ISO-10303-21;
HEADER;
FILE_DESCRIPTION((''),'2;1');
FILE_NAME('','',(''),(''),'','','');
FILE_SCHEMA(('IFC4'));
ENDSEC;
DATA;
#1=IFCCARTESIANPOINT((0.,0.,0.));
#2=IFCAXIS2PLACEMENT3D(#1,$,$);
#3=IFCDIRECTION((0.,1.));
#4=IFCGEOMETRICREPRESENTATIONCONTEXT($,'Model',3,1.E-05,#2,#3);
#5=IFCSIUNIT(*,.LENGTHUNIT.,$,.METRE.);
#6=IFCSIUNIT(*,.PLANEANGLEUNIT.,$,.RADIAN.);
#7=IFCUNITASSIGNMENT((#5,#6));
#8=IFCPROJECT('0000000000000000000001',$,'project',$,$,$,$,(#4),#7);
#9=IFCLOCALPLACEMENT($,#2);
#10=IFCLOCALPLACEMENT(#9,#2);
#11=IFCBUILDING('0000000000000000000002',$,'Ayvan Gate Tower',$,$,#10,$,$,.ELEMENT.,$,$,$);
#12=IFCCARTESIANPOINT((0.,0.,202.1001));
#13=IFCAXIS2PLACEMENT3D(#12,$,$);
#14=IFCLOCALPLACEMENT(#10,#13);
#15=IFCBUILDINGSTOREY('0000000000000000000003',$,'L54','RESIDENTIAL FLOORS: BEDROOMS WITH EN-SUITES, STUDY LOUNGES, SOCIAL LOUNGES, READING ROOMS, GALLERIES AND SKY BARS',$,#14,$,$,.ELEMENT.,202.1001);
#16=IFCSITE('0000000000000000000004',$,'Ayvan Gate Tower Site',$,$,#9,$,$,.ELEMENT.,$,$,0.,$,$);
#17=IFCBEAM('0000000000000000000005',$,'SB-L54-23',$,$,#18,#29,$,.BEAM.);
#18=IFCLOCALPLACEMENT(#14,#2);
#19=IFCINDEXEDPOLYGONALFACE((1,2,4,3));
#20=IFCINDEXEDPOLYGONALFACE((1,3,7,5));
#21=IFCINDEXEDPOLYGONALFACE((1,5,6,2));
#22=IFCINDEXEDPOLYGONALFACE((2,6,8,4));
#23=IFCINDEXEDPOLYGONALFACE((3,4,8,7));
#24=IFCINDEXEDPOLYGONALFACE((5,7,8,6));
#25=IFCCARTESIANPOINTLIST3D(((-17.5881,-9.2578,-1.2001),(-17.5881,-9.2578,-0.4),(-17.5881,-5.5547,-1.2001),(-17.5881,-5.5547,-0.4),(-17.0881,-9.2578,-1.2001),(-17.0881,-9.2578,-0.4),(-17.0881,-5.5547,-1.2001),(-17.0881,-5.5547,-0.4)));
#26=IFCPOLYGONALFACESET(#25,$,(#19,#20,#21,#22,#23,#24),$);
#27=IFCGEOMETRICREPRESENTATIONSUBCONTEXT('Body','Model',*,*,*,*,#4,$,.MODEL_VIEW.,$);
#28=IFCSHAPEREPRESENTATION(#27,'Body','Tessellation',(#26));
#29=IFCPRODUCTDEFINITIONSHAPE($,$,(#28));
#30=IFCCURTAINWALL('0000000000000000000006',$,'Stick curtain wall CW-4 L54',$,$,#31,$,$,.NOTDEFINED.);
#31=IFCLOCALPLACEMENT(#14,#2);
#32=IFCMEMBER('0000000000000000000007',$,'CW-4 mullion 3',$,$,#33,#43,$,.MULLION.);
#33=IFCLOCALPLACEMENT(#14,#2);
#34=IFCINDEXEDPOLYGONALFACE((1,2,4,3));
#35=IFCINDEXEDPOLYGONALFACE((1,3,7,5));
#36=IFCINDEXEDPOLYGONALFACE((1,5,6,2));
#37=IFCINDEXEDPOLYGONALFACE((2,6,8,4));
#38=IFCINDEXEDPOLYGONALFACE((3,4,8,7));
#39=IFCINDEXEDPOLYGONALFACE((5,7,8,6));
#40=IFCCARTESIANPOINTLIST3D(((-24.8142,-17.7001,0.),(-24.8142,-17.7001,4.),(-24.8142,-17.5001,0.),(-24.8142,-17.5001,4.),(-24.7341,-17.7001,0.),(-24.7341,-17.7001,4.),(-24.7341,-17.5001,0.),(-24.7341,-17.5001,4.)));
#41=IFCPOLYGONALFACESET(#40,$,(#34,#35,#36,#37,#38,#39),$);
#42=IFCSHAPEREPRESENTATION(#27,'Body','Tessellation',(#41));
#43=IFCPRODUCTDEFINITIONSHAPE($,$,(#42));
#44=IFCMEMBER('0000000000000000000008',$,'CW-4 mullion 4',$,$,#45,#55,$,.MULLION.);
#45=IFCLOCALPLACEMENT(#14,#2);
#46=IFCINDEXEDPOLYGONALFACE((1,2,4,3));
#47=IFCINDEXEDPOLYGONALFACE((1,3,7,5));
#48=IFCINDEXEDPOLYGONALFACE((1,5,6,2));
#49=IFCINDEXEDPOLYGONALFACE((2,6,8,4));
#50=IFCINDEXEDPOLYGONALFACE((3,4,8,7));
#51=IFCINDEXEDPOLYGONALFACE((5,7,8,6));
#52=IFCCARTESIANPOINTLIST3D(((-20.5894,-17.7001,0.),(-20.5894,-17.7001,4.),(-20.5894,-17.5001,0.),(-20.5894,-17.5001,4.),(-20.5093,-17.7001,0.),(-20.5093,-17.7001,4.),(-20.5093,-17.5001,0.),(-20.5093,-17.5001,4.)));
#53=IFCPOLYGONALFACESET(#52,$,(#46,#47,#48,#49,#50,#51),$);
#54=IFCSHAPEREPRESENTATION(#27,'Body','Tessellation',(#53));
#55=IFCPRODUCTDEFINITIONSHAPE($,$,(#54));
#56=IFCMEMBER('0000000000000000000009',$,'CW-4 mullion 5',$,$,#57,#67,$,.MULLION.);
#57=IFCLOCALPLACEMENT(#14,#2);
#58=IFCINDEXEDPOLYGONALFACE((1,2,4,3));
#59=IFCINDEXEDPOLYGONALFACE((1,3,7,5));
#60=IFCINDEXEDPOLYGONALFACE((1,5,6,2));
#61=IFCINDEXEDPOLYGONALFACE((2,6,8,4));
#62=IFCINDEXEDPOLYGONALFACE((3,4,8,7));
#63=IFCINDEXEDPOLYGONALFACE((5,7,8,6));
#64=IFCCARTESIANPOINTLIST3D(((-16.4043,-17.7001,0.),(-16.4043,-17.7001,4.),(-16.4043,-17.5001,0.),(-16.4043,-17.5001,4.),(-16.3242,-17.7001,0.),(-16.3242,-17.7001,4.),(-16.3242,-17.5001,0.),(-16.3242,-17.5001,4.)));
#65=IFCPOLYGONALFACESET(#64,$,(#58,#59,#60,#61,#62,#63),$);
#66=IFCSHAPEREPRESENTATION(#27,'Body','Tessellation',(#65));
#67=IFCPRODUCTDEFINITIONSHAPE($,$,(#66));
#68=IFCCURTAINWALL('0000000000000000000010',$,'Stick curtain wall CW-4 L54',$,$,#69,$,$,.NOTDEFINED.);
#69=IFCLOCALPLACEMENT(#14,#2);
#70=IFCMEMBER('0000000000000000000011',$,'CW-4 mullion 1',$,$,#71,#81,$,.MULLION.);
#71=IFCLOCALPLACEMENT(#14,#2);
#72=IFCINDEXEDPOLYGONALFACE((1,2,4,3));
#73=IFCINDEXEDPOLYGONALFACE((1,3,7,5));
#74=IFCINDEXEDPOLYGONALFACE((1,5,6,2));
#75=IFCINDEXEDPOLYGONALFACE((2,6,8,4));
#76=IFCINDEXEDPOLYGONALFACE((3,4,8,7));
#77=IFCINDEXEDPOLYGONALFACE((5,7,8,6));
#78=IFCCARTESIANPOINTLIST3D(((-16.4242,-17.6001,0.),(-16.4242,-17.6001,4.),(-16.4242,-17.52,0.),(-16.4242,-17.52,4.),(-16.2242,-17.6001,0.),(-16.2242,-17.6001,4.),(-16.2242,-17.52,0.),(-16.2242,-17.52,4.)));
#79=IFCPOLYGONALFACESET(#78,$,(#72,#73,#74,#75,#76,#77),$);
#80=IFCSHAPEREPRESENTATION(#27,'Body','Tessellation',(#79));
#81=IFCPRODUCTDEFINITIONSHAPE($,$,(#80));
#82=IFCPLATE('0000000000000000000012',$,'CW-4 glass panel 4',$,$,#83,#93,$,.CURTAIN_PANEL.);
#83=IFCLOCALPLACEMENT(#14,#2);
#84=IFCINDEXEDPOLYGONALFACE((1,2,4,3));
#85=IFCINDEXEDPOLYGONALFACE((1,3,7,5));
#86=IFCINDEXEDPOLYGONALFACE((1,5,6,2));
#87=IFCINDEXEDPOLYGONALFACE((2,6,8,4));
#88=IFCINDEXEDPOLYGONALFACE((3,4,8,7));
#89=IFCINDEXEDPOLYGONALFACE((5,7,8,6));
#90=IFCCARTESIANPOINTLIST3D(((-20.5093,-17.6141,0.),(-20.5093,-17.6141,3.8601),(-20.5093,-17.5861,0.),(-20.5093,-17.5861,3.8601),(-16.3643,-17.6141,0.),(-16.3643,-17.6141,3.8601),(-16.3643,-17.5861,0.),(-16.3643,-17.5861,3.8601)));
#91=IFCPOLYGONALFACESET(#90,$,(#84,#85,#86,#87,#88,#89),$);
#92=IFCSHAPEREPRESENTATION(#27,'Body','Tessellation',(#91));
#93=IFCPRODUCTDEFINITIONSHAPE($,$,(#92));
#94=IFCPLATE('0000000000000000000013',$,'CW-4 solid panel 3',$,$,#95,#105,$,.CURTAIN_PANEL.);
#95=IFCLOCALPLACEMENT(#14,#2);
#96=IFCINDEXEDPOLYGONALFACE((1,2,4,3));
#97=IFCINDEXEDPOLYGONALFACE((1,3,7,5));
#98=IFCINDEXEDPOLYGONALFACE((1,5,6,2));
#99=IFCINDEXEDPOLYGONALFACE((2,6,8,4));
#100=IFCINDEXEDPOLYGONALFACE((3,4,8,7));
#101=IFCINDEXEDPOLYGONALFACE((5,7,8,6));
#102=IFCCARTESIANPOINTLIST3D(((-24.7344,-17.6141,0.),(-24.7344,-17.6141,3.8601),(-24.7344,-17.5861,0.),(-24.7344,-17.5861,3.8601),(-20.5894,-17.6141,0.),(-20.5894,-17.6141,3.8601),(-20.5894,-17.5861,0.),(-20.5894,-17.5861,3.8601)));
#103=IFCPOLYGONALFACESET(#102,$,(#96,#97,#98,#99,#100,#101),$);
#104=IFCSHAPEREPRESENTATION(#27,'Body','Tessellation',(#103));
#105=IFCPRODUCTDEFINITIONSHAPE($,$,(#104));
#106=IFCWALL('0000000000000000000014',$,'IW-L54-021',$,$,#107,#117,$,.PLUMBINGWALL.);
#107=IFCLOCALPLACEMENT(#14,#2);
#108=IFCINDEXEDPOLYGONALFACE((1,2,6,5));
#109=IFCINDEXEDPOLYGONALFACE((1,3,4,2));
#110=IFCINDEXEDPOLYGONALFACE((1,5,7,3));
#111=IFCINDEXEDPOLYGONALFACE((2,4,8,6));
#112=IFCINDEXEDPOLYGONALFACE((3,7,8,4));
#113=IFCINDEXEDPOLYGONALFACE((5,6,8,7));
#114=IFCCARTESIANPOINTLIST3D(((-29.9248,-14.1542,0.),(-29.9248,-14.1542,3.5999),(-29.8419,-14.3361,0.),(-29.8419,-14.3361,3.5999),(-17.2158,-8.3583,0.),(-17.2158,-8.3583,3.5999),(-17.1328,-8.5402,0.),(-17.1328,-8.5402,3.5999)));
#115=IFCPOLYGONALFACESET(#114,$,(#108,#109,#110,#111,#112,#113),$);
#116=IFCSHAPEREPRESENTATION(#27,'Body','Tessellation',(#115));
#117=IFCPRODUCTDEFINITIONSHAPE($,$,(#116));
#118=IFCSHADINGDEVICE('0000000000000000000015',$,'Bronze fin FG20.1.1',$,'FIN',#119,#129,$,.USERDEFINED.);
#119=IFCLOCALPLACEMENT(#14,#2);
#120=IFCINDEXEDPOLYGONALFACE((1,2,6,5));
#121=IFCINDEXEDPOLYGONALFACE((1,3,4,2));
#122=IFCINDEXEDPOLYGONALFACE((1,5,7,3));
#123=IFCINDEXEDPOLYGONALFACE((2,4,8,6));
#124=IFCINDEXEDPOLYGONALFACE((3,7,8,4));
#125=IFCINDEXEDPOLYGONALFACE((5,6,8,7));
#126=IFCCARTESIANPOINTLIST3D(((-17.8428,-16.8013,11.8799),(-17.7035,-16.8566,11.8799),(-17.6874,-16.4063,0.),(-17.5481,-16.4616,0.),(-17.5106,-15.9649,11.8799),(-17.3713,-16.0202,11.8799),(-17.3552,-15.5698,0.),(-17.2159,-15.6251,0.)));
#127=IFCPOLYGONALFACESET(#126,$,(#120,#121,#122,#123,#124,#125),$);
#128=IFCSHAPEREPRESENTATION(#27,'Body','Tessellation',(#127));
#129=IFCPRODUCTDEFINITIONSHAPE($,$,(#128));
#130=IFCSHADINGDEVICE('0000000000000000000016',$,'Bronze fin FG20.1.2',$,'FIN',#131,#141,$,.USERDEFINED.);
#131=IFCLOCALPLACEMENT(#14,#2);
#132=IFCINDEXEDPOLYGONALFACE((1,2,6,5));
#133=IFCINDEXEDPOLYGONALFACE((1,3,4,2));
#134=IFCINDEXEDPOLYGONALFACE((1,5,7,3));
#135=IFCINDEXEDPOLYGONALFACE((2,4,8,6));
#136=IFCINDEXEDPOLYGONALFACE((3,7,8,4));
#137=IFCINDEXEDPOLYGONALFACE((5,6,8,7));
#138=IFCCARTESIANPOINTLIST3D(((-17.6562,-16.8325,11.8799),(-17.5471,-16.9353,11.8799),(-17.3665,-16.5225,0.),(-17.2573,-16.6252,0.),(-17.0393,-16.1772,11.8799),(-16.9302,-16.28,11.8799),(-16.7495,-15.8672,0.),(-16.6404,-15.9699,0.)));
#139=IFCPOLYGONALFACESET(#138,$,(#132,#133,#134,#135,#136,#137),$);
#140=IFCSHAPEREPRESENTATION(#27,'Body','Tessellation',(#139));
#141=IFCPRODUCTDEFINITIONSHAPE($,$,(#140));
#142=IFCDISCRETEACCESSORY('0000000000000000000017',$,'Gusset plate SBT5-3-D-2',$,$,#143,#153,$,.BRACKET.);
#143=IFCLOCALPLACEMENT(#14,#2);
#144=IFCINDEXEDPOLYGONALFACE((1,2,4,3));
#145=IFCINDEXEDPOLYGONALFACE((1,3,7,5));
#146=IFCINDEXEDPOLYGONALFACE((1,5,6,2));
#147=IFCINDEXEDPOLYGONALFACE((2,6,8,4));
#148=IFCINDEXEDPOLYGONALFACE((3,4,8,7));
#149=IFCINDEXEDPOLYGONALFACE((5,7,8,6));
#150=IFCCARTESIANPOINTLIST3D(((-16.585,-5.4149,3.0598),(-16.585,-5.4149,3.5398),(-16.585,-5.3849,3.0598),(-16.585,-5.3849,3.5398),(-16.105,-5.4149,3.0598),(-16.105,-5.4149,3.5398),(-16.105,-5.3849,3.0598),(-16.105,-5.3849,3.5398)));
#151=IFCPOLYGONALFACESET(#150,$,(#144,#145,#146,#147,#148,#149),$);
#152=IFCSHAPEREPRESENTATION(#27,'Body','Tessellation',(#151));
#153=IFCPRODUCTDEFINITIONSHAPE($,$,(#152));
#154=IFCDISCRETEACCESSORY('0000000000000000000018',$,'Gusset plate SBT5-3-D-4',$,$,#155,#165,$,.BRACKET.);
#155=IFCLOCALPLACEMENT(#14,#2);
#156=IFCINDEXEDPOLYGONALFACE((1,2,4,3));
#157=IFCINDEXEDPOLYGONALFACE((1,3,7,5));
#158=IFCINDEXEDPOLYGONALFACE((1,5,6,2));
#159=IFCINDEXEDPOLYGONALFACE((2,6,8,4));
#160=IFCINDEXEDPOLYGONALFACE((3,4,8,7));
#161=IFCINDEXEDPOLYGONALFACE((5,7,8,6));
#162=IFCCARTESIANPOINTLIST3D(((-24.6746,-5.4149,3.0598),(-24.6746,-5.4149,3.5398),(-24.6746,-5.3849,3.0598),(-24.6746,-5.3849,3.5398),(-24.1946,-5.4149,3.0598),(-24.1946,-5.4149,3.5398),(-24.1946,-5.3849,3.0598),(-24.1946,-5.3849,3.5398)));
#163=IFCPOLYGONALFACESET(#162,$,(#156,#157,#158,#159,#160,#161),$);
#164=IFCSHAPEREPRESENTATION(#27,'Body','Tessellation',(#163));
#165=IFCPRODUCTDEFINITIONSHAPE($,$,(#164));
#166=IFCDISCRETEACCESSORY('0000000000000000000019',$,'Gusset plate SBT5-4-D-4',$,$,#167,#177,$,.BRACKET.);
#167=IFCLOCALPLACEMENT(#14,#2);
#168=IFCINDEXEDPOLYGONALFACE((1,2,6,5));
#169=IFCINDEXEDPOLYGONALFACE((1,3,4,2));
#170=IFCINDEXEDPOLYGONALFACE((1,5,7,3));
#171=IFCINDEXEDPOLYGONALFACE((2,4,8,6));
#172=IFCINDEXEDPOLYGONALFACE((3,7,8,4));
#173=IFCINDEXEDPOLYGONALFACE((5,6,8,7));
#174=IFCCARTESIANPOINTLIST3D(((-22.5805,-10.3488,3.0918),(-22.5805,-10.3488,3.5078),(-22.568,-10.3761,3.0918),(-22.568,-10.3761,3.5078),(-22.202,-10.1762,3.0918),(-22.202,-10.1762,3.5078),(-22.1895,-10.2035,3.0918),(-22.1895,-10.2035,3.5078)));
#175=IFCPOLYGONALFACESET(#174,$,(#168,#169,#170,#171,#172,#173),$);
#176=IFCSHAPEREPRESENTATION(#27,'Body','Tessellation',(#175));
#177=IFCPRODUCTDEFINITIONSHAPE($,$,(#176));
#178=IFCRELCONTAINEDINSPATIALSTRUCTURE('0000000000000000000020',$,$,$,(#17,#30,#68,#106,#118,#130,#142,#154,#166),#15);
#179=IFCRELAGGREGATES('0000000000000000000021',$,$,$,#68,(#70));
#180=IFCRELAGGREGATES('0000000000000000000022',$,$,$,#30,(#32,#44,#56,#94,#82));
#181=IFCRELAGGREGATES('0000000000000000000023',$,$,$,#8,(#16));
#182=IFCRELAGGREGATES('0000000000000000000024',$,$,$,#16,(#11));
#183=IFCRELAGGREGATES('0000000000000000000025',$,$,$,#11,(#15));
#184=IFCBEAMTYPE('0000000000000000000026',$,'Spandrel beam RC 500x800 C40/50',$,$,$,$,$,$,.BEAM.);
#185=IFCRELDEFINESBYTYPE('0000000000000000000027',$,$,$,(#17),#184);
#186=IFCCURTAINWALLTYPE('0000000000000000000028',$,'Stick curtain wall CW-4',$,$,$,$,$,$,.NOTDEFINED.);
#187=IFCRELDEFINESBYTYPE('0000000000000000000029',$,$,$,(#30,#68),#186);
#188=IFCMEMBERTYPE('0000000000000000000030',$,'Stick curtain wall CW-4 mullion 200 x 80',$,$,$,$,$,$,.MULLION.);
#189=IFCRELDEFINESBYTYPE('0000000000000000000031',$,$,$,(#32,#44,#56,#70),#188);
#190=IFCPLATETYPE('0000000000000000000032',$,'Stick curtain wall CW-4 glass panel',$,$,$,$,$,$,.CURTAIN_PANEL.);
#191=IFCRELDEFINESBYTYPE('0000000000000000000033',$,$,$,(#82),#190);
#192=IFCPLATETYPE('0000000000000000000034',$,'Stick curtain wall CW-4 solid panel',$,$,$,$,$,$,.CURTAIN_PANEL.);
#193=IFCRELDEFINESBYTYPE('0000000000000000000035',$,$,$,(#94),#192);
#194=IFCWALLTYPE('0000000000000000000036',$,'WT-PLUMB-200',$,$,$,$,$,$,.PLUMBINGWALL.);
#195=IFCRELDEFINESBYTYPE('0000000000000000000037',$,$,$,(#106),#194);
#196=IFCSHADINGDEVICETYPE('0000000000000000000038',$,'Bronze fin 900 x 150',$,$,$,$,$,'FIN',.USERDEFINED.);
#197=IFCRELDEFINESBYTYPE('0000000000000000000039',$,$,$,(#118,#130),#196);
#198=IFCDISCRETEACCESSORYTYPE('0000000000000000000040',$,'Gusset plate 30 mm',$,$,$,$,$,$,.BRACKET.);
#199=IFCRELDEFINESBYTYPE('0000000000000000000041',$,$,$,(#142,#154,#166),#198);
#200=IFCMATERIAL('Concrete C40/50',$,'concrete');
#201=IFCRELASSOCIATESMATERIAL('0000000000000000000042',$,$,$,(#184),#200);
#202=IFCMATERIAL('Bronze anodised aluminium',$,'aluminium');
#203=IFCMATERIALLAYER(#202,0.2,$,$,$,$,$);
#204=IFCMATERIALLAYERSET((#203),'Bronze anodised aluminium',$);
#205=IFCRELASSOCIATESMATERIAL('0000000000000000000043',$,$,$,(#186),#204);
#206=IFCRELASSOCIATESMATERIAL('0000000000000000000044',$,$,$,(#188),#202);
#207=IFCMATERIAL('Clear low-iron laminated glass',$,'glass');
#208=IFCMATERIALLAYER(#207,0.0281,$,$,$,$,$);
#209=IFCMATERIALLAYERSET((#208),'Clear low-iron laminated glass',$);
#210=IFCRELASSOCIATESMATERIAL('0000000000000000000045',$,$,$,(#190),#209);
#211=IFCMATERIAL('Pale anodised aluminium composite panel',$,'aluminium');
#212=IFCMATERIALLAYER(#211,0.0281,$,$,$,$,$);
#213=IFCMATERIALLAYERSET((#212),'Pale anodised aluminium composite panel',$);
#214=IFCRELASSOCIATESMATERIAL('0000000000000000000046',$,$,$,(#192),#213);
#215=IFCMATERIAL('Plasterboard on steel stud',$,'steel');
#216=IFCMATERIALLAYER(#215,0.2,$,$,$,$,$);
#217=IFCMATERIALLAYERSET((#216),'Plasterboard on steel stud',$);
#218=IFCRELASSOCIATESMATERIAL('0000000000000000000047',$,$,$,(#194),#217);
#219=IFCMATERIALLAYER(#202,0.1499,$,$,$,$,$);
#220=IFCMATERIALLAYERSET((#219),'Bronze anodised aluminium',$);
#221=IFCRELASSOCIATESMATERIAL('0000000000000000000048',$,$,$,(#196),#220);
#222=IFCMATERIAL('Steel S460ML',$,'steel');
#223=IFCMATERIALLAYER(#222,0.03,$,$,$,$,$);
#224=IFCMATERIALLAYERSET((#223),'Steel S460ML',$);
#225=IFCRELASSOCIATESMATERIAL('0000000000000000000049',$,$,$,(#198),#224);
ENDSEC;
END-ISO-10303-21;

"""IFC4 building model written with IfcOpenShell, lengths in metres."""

from ifc_helpers import new_model, si_unit, direction, frame, frame_2d, origin, origin_2d, place, context, subcontext, project, spatial, polyline, rectangle, outline, extrude, material, layer, layer_set, material_profile, profile_set, type_object, element, aggregate, save


model = new_model("IFC4")

# Units and contexts
model_context = context("Model", 3, precision=1e-05, world=origin(), true_north=direction((0.0, 1.0)))
body_context = subcontext(model_context, "Body", "Model", "MODEL_VIEW")
ifc_project = project(units=[si_unit("LENGTHUNIT", "METRE"), si_unit("PLANEANGLEUNIT", "RADIAN")], contexts=[model_context])

# Site, building, storey
site_placement = place(None, origin())
site = spatial("IfcSite", under=ifc_project, at=site_placement, Name="Ayvan Gate Tower Site", CompositionType="ELEMENT", RefElevation=0.0)
building_placement = place(site_placement, origin())
building = spatial("IfcBuilding", under=site, at=building_placement, Name="Ayvan Gate Tower", CompositionType="ELEMENT")
storey_placement = place(building_placement, frame((0.0, 0.0, 202.1001)))
storey = spatial("IfcBuildingStorey", under=building, at=storey_placement, Name="L54", Description="RESIDENTIAL FLOORS: BEDROOMS WITH EN-SUITES, STUDY LOUNGES, SOCIAL LOUNGES, READING ROOMS, GALLERIES AND SKY BARS", CompositionType="ELEMENT", Elevation=202.1001)

# Shared definitions
ifc_material_1 = material(Name="Concrete C40/50", Category="concrete")

# Beam
ifc_material_profile_1 = material_profile(ifc_material_1, rectangle(XDim=0.5, YDim=0.8, at=origin_2d()), Name="RC 500x800")
ifc_profile_set_1 = profile_set([ifc_material_profile_1], Name="Concrete C40/50")
beam_type_1 = type_object("IfcBeamType", Name="Spandrel beam RC 500x800 C40/50", PredefinedType="BEAM", material=ifc_profile_set_1)
beam_1_placement = place(storey_placement, frame((-17.3381, -5.5547, -0.8), z_axis=(0.0, -1.0, 0.0), x_axis=(1.0, 0.0, 0.0)))
element("IfcBeam", 1, at=beam_1_placement, inside=storey, type_object=beam_type_1, Name="SB-L54-23", PredefinedType="BEAM", context=body_context, shape_type="SweptSolid", body=[
    extrude(rectangle(XDim=0.5, YDim=0.8, at=origin_2d()), origin(), (0.0, 0.0, 1.0), 3.7031),
])

# Curtain wall, members
ifc_material_2 = material(Name="Bronze anodised aluminium", Category="aluminium")
ifc_layer_1 = layer(ifc_material_2, 0.2)
ifc_layer_set_1 = layer_set([ifc_layer_1], Name="Bronze anodised aluminium")
curtain_wall_type = type_object("IfcCurtainWallType", Name="Stick curtain wall CW-4", PredefinedType="NOTDEFINED", material=ifc_layer_set_1)
curtain_wall_1_placement = place(storey_placement, origin())
curtain_wall_1 = element("IfcCurtainWall", 2, at=curtain_wall_1_placement, inside=storey, type_object=curtain_wall_type, Name="Stick curtain wall CW-4 L54", PredefinedType="NOTDEFINED")
ifc_material_profile_2 = material_profile(ifc_material_2, rectangle(XDim=0.2, YDim=0.0801, at=origin_2d()), Name="Stick curtain wall CW-4 mullion 200 x 80")
ifc_profile_set_2 = profile_set([ifc_material_profile_2], Name="Bronze anodised aluminium")
member_type_1 = type_object("IfcMemberType", Name="Stick curtain wall CW-4 mullion 200 x 80", PredefinedType="MULLION", material=ifc_profile_set_2)
member_1_placement = place(storey_placement, frame((-24.7742, -17.6001, 0.0), z_axis=(0.0, 0.0, 1.0), x_axis=(0.0, -1.0, 0.0)))
member_1 = element("IfcMember", 3, at=member_1_placement, type_object=member_type_1, Name="CW-4 mullion 3", PredefinedType="MULLION", context=body_context, shape_type="SweptSolid", body=[
    extrude(rectangle(XDim=0.2, YDim=0.0801, at=origin_2d()), origin(), (0.0, 0.0, 1.0), 4.0),
])
member_2_placement = place(storey_placement, frame((-20.5493, -17.6001, 0.0), z_axis=(0.0, 0.0, 1.0), x_axis=(0.0, -1.0, 0.0)))
member_2 = element("IfcMember", 4, at=member_2_placement, type_object=member_type_1, Name="CW-4 mullion 4", PredefinedType="MULLION", context=body_context, shape_type="SweptSolid", body=[
    extrude(rectangle(XDim=0.2, YDim=0.0801, at=origin_2d()), origin(), (0.0, 0.0, 1.0), 4.0),
])
member_3_placement = place(storey_placement, frame((-16.3643, -17.6001, 0.0), z_axis=(0.0, 0.0, 1.0), x_axis=(0.0, -1.0, 0.0)))
member_3 = element("IfcMember", 5, at=member_3_placement, type_object=member_type_1, Name="CW-4 mullion 5", PredefinedType="MULLION", context=body_context, shape_type="SweptSolid", body=[
    extrude(rectangle(XDim=0.2, YDim=0.0801, at=origin_2d()), origin(), (0.0, 0.0, 1.0), 4.0),
])

# Curtain wall, member
curtain_wall_2_placement = place(storey_placement, origin())
curtain_wall_2 = element("IfcCurtainWall", 6, at=curtain_wall_2_placement, inside=storey, type_object=curtain_wall_type, Name="Stick curtain wall CW-4 L54", PredefinedType="NOTDEFINED")
member_4_placement = place(storey_placement, frame((-16.3242, -17.5601, 0.0), z_axis=(0.0, 0.0, 1.0), x_axis=(1.0, 0.0, 0.0)))
member_4 = element("IfcMember", 7, at=member_4_placement, type_object=member_type_1, Name="CW-4 mullion 1", PredefinedType="MULLION", context=body_context, shape_type="SweptSolid", body=[
    extrude(rectangle(XDim=0.2, YDim=0.0801, at=origin_2d()), origin(), (0.0, 0.0, 1.0), 4.0),
])
aggregate(curtain_wall_2, [member_4])

# Plates
ifc_material_3 = material(Name="Clear low-iron laminated glass", Category="glass")
ifc_layer_2 = layer(ifc_material_3, 0.0281)
ifc_layer_set_2 = layer_set([ifc_layer_2], Name="Clear low-iron laminated glass")
plate_type_1 = type_object("IfcPlateType", Name="Stick curtain wall CW-4 glass panel", PredefinedType="CURTAIN_PANEL", material=ifc_layer_set_2)
plate_1_placement = place(storey_placement, frame((-18.4368, -17.6001, 0.0), z_axis=(0.0, 0.0, 1.0), x_axis=(1.0, 0.0, 0.0)))
plate_1 = element("IfcPlate", 8, at=plate_1_placement, type_object=plate_type_1, Name="CW-4 glass panel 4", PredefinedType="CURTAIN_PANEL", context=body_context, shape_type="SweptSolid", body=[
    extrude(rectangle(XDim=4.145, YDim=0.0281, at=origin_2d()), origin(), (0.0, 0.0, 1.0), 3.8601),
])
ifc_material_4 = material(Name="Pale anodised aluminium composite panel", Category="aluminium")
ifc_layer_3 = layer(ifc_material_4, 0.0281)
ifc_layer_set_3 = layer_set([ifc_layer_3], Name="Pale anodised aluminium composite panel")
plate_type_2 = type_object("IfcPlateType", Name="Stick curtain wall CW-4 solid panel", PredefinedType="CURTAIN_PANEL", material=ifc_layer_set_3)
plate_2_placement = place(storey_placement, frame((-22.6619, -17.6001, 0.0), z_axis=(0.0, 0.0, 1.0), x_axis=(1.0, 0.0, 0.0)))
plate_2 = element("IfcPlate", 9, at=plate_2_placement, type_object=plate_type_2, Name="CW-4 solid panel 3", PredefinedType="CURTAIN_PANEL", context=body_context, shape_type="SweptSolid", body=[
    extrude(rectangle(XDim=4.145, YDim=0.0281, at=origin_2d()), origin(), (0.0, 0.0, 1.0), 3.8601),
])
aggregate(curtain_wall_1, [member_1, member_2, member_3, plate_2, plate_1])

# Wall
ifc_material_5 = material(Name="Plasterboard on steel stud", Category="steel")
ifc_layer_4 = layer(ifc_material_5, 0.2)
ifc_layer_set_4 = layer_set([ifc_layer_4], Name="Plasterboard on steel stud")
wall_type = type_object("IfcWallType", Name="WT-PLUMB-200", PredefinedType="PLUMBINGWALL", material=ifc_layer_set_4)
wall_placement = place(storey_placement, frame((-17.1743, -8.4492, 0.0), z_axis=(0.0, 0.0, 1.0), x_axis=(-0.909851, -0.414935, 0.0)))
element("IfcWall", 10, at=wall_placement, inside=storey, type_object=wall_type, Name="IW-L54-021", PredefinedType="PLUMBINGWALL", context=body_context, shape_type="SweptSolid", body=[
    extrude(rectangle(XDim=13.9683, YDim=0.2, at=frame_2d((6.9841, 0.0))), origin(), (0.0, 0.0, 1.0), 3.5999),
])

# Shading devices
ifc_layer_5 = layer(ifc_material_2, 0.1499)
ifc_layer_set_5 = layer_set([ifc_layer_5], Name="Bronze anodised aluminium")
shading_device_type = type_object("IfcShadingDeviceType", Name="Bronze fin 900 x 150", ElementType="FIN", PredefinedType="USERDEFINED", material=ifc_layer_set_5)
shading_device_1_placement = place(storey_placement, frame((-17.3552, -15.5698, 0.0), z_axis=(-0.9294, 0.369074, 0.000115), x_axis=(-0.369074, -0.9294, 0.0)))
element("IfcShadingDevice", 11, at=shading_device_1_placement, inside=storey, type_object=shading_device_type, Name="Bronze fin FG20.1.1", ObjectType="FIN", PredefinedType="USERDEFINED", context=body_context, shape_type="SweptSolid", body=[
    extrude(outline(polyline([(0.0, 0.0), (0.9, 0.0), (1.3244, 11.8799), (0.4245, 11.8799), (0.0, 0.0)])), origin(), (0.0, 0.0, -1.0), 0.1499),
])
shading_device_2_placement = place(storey_placement, frame((-16.7495, -15.8672, 0.0), z_axis=(-0.728081, 0.685492, 0.00013), x_axis=(-0.685492, -0.728081, 0.0)))
element("IfcShadingDevice", 12, at=shading_device_2_placement, inside=storey, type_object=shading_device_type, Name="Bronze fin FG20.1.2", ObjectType="FIN", PredefinedType="USERDEFINED", context=body_context, shape_type="SweptSolid", body=[
    extrude(outline(polyline([(0.0, 0.0), (0.9, 0.0), (1.3244, 11.8799), (0.4244, 11.8799), (0.0, 0.0)])), origin(), (0.0, 0.0, -1.0), 0.1499),
])

# Discrete accessories
ifc_material_6 = material(Name="Steel S460ML", Category="steel")
ifc_layer_6 = layer(ifc_material_6, 0.03)
ifc_layer_set_6 = layer_set([ifc_layer_6], Name="Steel S460ML")
discrete_accessory_type = type_object("IfcDiscreteAccessoryType", Name="Gusset plate 30 mm", PredefinedType="BRACKET", material=ifc_layer_set_6)
for number, where, z_axis, x_axis, name in (
    (13, (-16.345, -5.3999, 3.0598), (0.0, 0.0, 1.0), (1.0, 0.0, 0.0), "Gusset plate SBT5-3-D-2"),
    (14, (-24.4346, -5.3999, 3.0598), (0.0, 0.0, 1.0), (1.0, 0.0, 0.0), "Gusset plate SBT5-3-D-4"),
):
    element("IfcDiscreteAccessory", number, at=place(storey_placement, frame(where, z_axis=z_axis, x_axis=x_axis)), inside=storey, type_object=discrete_accessory_type, Name=name, PredefinedType="BRACKET", context=body_context, shape_type="SweptSolid", body=[
        extrude(rectangle(XDim=0.48, YDim=0.03, at=origin_2d()), origin(), (0.0, 0.0, 1.0), 0.48),
    ])
discrete_accessory_placement = place(storey_placement, frame((-22.385, -10.2761, 3.0918), z_axis=(0.0, 0.0, 1.0), x_axis=(0.909853, 0.41493, 0.0)))
element("IfcDiscreteAccessory", 15, at=discrete_accessory_placement, inside=storey, type_object=discrete_accessory_type, Name="Gusset plate SBT5-4-D-4", PredefinedType="BRACKET", context=body_context, shape_type="SweptSolid", body=[
    extrude(rectangle(XDim=0.416, YDim=0.03, at=origin_2d()), origin(), (0.0, 0.0, 1.0), 0.416),
])

save(model, "model.ifc")
